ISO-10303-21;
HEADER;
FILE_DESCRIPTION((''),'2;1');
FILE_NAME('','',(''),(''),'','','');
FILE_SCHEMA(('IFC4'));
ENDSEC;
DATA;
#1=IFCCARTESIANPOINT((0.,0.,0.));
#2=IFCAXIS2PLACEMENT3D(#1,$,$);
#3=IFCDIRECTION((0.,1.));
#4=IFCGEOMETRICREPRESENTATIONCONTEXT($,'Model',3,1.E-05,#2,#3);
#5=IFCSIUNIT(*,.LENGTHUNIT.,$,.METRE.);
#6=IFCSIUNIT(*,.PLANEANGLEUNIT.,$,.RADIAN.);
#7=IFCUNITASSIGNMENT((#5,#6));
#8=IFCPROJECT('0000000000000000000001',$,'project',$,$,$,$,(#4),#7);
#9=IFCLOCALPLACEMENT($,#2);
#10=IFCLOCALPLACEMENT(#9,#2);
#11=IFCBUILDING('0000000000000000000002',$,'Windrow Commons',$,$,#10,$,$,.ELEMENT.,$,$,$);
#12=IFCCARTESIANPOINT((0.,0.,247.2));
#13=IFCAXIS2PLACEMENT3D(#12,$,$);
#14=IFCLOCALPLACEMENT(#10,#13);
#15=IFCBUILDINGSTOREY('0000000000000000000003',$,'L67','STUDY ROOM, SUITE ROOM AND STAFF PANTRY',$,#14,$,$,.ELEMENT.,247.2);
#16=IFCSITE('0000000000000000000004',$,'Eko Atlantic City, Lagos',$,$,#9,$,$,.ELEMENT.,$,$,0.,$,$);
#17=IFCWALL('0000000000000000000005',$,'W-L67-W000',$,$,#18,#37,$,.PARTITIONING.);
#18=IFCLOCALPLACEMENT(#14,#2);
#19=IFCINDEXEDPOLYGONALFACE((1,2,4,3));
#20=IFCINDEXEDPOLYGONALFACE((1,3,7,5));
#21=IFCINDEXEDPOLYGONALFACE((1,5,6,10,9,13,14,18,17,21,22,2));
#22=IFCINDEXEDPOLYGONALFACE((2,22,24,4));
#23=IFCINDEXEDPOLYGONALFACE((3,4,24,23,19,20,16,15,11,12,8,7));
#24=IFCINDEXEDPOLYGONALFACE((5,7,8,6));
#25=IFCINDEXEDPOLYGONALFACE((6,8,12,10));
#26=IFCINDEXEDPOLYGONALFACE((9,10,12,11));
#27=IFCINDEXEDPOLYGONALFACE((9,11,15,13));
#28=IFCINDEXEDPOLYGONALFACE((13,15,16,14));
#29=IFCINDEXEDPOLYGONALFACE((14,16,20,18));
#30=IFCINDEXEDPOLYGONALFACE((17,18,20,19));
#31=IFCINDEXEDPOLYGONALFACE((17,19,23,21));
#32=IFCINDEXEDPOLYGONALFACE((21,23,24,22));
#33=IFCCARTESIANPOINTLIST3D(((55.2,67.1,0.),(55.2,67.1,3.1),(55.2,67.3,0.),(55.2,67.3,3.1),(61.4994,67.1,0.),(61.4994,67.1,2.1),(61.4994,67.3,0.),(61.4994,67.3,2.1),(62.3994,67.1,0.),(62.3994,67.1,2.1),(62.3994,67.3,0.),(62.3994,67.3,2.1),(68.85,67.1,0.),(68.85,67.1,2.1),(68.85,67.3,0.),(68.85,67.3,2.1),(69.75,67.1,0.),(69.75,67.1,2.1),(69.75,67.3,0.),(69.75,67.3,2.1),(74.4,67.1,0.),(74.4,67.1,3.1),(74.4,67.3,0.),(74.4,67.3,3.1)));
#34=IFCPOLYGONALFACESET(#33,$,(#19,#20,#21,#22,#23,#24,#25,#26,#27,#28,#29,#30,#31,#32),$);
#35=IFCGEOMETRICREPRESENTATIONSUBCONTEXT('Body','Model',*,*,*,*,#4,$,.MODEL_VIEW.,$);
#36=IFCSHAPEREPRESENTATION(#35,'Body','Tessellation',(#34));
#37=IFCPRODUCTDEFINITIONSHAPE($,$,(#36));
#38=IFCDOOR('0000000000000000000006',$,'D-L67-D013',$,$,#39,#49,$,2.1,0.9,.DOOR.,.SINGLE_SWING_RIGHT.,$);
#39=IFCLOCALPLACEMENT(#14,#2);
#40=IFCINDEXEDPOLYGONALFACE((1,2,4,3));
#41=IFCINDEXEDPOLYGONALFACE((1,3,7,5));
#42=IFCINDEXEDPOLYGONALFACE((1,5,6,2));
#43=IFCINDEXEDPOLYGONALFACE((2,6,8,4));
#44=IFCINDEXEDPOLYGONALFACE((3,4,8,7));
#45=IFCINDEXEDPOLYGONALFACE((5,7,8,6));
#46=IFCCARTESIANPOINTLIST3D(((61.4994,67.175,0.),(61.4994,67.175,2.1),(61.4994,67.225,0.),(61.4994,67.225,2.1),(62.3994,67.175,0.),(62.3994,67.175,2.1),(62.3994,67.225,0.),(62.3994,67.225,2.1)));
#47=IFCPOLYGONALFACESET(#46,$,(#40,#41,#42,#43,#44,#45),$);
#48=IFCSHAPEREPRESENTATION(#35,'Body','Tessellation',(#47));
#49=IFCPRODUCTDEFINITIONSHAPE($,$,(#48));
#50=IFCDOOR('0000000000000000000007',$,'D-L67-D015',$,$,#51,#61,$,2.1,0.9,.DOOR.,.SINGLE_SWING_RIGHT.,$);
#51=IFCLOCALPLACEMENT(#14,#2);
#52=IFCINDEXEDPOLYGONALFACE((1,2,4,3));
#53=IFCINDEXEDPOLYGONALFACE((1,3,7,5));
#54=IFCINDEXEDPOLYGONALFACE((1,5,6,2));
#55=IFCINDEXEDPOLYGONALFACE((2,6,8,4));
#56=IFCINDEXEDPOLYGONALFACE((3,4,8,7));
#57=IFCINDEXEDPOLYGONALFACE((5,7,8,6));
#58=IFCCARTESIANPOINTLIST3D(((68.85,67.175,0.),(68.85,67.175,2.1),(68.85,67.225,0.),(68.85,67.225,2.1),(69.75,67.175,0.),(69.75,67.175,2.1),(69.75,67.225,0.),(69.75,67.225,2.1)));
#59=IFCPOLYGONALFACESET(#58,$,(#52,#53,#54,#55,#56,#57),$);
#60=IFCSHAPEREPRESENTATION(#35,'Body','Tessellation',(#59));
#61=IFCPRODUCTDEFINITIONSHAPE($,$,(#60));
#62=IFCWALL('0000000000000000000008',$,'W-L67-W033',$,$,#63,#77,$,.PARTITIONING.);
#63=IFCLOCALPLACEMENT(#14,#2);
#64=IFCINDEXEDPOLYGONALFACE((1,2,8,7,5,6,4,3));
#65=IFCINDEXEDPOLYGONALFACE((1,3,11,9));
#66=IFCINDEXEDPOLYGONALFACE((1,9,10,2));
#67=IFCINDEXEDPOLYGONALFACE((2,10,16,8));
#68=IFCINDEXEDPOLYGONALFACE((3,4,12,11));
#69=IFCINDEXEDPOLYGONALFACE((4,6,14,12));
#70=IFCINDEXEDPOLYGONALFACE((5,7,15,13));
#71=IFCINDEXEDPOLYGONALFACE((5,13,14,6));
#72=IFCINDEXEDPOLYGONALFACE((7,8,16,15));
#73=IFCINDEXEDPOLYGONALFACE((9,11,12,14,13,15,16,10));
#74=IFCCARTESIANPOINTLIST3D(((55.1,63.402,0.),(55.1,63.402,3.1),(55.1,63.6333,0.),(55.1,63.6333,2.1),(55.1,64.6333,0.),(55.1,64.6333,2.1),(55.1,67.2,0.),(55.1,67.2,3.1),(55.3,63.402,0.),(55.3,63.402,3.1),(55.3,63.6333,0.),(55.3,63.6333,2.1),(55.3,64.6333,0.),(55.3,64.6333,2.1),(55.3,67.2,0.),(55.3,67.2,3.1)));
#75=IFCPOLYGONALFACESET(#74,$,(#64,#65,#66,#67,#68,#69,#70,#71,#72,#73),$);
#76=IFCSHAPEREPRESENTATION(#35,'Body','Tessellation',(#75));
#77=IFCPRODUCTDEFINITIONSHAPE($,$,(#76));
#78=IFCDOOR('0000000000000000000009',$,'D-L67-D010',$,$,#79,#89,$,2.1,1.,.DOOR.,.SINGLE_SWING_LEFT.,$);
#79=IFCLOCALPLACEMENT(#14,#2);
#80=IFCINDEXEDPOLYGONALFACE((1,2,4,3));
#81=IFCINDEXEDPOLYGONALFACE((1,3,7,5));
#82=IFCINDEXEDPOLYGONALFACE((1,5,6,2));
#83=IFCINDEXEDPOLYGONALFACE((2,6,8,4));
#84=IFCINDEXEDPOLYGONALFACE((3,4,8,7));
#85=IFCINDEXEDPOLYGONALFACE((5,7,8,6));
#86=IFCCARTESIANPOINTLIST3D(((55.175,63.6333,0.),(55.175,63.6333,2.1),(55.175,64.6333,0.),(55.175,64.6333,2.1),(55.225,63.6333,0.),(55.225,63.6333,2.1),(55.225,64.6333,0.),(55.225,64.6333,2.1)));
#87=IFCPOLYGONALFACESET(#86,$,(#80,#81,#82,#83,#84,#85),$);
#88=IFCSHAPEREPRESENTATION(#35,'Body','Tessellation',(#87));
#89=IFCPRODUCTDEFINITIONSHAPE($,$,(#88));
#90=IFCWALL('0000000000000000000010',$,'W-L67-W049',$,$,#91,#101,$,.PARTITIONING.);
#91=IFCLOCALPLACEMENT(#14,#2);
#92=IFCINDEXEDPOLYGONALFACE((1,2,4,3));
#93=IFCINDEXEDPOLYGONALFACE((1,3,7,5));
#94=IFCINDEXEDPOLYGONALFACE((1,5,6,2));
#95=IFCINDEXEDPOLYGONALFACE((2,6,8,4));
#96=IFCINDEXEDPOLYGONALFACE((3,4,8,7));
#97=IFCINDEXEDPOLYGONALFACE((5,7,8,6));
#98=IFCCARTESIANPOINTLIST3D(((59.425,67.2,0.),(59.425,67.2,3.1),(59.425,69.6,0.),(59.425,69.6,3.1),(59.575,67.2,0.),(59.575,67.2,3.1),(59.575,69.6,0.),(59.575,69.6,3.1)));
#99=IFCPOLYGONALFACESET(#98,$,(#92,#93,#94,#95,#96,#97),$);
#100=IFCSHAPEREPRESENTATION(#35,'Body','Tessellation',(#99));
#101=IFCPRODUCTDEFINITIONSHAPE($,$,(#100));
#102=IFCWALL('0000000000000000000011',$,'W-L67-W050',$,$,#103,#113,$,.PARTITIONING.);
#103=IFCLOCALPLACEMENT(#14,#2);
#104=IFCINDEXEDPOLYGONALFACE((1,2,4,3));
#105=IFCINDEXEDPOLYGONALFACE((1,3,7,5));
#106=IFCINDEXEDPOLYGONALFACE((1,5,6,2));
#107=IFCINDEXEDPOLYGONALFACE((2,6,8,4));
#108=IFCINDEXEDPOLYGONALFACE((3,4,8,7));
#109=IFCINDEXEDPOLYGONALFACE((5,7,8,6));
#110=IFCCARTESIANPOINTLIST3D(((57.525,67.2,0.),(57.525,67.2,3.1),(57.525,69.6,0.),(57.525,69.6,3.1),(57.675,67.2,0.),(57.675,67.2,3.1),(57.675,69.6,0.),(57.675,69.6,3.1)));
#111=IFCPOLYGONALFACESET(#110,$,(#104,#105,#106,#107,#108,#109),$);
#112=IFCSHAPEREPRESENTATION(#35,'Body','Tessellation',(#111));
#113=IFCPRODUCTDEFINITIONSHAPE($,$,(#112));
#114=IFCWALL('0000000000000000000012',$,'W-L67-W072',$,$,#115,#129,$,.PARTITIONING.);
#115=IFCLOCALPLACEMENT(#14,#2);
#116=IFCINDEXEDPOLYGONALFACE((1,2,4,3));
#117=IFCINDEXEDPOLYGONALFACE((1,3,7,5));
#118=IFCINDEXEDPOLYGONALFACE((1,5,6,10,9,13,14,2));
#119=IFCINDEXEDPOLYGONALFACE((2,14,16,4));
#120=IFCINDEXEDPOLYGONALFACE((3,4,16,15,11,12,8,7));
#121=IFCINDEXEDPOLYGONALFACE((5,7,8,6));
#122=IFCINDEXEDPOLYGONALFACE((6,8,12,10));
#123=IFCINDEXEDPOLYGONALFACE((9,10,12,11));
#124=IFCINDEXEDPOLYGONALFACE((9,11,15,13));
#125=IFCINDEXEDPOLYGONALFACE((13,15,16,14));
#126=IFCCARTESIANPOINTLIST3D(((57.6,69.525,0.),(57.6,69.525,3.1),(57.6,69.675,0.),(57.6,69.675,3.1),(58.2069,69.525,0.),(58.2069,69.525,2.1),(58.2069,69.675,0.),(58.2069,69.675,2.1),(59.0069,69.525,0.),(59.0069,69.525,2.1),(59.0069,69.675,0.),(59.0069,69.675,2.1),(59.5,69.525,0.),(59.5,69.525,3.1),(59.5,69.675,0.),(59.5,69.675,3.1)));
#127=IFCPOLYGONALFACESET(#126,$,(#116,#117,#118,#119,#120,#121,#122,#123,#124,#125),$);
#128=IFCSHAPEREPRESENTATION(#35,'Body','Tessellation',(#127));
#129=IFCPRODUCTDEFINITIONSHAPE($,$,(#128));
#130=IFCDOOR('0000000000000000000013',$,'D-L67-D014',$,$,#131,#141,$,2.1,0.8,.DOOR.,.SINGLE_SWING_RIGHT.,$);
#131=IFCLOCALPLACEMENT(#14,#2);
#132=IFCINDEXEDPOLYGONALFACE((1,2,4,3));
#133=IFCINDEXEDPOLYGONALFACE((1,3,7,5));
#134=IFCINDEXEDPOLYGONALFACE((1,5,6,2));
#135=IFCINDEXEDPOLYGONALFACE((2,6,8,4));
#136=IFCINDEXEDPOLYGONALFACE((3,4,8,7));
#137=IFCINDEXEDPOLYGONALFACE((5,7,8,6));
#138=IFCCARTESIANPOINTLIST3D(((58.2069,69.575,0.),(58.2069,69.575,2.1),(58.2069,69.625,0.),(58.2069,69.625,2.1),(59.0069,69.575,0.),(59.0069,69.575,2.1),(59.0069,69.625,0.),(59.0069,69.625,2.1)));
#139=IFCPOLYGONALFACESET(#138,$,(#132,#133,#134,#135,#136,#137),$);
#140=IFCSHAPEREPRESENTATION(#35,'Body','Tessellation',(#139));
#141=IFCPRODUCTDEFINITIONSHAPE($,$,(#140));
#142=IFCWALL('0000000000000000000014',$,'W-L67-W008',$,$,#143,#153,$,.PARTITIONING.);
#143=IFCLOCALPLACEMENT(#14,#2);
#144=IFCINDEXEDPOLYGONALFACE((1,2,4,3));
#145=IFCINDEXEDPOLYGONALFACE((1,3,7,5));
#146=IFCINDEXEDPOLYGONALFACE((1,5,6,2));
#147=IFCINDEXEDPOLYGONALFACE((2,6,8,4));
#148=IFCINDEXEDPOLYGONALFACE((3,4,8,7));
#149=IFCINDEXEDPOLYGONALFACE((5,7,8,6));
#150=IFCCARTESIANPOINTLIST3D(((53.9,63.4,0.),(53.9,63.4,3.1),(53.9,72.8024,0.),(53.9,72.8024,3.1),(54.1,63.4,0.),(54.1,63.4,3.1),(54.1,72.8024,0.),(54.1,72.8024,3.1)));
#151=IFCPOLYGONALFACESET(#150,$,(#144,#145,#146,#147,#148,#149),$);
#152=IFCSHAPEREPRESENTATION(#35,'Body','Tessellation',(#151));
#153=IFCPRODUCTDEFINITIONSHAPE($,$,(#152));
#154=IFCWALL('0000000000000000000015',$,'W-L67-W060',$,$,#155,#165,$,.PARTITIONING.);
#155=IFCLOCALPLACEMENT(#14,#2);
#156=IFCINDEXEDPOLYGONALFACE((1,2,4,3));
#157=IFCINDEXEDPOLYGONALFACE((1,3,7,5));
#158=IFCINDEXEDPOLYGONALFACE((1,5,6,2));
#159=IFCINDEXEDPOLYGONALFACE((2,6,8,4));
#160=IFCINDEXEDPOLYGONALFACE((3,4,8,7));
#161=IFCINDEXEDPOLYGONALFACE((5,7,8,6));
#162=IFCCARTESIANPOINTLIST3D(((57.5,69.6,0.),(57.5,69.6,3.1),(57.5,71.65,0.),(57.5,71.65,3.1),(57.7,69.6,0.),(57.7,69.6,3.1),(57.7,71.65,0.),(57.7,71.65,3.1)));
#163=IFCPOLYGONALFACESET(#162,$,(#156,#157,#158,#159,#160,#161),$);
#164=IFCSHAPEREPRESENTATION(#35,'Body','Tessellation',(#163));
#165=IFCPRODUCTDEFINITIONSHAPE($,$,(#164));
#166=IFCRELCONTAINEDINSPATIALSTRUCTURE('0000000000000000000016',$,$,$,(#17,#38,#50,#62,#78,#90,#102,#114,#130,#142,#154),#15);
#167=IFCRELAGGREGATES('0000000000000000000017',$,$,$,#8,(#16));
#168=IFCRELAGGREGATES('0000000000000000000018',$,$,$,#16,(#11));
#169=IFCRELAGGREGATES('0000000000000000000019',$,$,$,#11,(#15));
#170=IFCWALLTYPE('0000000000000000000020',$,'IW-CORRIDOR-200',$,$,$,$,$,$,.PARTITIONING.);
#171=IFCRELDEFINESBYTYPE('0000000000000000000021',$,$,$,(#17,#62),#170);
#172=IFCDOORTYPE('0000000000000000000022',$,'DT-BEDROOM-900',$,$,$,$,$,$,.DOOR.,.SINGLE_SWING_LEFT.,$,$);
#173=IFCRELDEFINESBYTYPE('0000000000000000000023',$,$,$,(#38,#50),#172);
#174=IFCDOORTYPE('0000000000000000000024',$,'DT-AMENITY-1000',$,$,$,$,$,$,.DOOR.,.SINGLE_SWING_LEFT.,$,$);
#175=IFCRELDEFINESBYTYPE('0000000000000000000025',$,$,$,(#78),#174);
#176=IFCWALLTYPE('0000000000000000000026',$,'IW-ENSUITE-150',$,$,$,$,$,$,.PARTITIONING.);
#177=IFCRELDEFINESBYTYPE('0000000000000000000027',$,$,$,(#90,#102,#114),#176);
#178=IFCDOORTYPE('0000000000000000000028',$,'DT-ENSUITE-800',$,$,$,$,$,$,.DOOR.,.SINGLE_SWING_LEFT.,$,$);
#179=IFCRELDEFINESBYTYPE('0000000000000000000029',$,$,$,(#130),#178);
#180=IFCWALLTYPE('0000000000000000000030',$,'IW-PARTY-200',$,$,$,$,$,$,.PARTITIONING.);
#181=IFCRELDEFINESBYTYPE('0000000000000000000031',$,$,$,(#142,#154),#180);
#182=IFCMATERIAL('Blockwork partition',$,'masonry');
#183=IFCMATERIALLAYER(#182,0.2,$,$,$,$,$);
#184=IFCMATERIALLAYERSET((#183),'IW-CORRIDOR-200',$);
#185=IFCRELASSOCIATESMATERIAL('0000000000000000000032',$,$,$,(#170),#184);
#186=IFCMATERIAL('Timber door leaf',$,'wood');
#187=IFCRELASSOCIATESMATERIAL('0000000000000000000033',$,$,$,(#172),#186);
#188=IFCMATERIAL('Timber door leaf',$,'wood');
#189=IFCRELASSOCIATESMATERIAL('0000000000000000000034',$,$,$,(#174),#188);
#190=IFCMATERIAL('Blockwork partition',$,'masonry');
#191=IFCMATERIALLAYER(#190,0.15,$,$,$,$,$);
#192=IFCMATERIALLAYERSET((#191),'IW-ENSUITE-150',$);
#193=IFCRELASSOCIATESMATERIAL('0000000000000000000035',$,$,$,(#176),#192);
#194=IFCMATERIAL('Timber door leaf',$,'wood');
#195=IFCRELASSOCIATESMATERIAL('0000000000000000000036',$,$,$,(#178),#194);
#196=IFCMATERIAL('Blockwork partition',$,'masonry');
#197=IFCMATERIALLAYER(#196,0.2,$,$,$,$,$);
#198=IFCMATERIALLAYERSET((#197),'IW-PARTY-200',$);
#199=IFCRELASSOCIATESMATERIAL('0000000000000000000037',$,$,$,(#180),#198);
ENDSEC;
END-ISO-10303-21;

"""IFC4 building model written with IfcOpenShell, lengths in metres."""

from ifc_helpers import new_model, si_unit, direction, frame, frame_2d, origin, place, context, subcontext, project, spatial, rectangle, extrude, material, layer, layer_set, type_object, element, fill, save


model = new_model("IFC4")

# Units and contexts
model_context = context("Model", 3, precision=1e-05, world=origin(), true_north=direction((0.0, 1.0)))
body_context = subcontext(model_context, "Body", "Model", "MODEL_VIEW")
ifc_project = project(units=[si_unit("LENGTHUNIT", "METRE"), si_unit("PLANEANGLEUNIT", "RADIAN")], contexts=[model_context])

# Site, building, storey
site_placement = place(None, origin())
site = spatial("IfcSite", under=ifc_project, at=site_placement, Name="Eko Atlantic City, Lagos", CompositionType="ELEMENT", RefElevation=0.0)
building_placement = place(site_placement, origin())
building = spatial("IfcBuilding", under=site, at=building_placement, Name="Windrow Commons", CompositionType="ELEMENT")
storey_placement = place(building_placement, frame((0.0, 0.0, 247.2)))
storey = spatial("IfcBuildingStorey", under=building, at=storey_placement, Name="L67", Description="STUDY ROOM, SUITE ROOM AND STAFF PANTRY", CompositionType="ELEMENT", Elevation=247.2)

# Wall, openings, doors
ifc_material_1 = material(Name="Blockwork partition", Category="masonry")
ifc_layer_1 = layer(ifc_material_1, 0.2)
ifc_layer_set_1 = layer_set([ifc_layer_1], Name="IW-CORRIDOR-200")
wall_type_1 = type_object("IfcWallType", Name="IW-CORRIDOR-200", PredefinedType="PARTITIONING", material=ifc_layer_set_1)
wall_1_placement = place(storey_placement, frame((55.2, 67.2, 0.0), z_axis=(0.0, 0.0, 1.0), x_axis=(1.0, 0.0, 0.0)))
wall_1 = element("IfcWall", 1, at=wall_1_placement, inside=storey, type_object=wall_type_1, Name="W-L67-W000", PredefinedType="PARTITIONING", context=body_context, shape_type="SweptSolid", body=[
    extrude(rectangle(XDim=19.2, YDim=0.2, at=frame_2d((9.6, 0.0))), origin(), (0.0, 0.0, 1.0), 3.1),
])
opening_1_placement = place(wall_1_placement, frame((6.2994, 0.0, 0.0)))
opening_1 = element("IfcOpeningElement", 2, at=opening_1_placement, cuts=wall_1, PredefinedType="OPENING", context=body_context, shape_type="SweptSolid", body=[
    extrude(rectangle(XDim=0.9, YDim=2.1, at=frame_2d((0.45, 1.05))), frame((0.0, 0.11, 0.0), z_axis=(0.0, -1.0, 0.0), x_axis=(1.0, 0.0, 0.0)), (0.0, 0.0, 1.0), 0.22),
])
opening_2_placement = place(wall_1_placement, frame((13.65, 0.0, 0.0)))
opening_2 = element("IfcOpeningElement", 3, at=opening_2_placement, cuts=wall_1, PredefinedType="OPENING", context=body_context, shape_type="SweptSolid", body=[
    extrude(rectangle(XDim=0.9, YDim=2.1, at=frame_2d((0.45, 1.05))), frame((0.0, 0.11, 0.0), z_axis=(0.0, -1.0, 0.0), x_axis=(1.0, 0.0, 0.0)), (0.0, 0.0, 1.0), 0.22),
])
ifc_material_2 = material(Name="Timber door leaf", Category="wood")
door_type_1 = type_object("IfcDoorType", Name="DT-BEDROOM-900", OperationType="SINGLE_SWING_LEFT", PredefinedType="DOOR", material=ifc_material_2)
door_1_placement = place(opening_1_placement, origin())
door_1 = element("IfcDoor", 4, at=door_1_placement, inside=storey, type_object=door_type_1, Name="D-L67-D013", OperationType="SINGLE_SWING_RIGHT", OverallHeight=2.1, OverallWidth=0.9, PredefinedType="DOOR", context=body_context, shape_type="SweptSolid", body=[
    extrude(rectangle(XDim=0.9, YDim=2.1, at=frame_2d((0.45, 1.05))), frame((0.0, 0.025, 0.0), z_axis=(0.0, -1.0, 0.0), x_axis=(1.0, 0.0, 0.0)), (0.0, 0.0, 1.0), 0.05),
])
fill(opening_1, door_1)
door_2_placement = place(opening_2_placement, origin())
door_2 = element("IfcDoor", 5, at=door_2_placement, inside=storey, type_object=door_type_1, Name="D-L67-D015", OperationType="SINGLE_SWING_RIGHT", OverallHeight=2.1, OverallWidth=0.9, PredefinedType="DOOR", context=body_context, shape_type="SweptSolid", body=[
    extrude(rectangle(XDim=0.9, YDim=2.1, at=frame_2d((0.45, 1.05))), frame((0.0, 0.025, 0.0), z_axis=(0.0, -1.0, 0.0), x_axis=(1.0, 0.0, 0.0)), (0.0, 0.0, 1.0), 0.05),
])
fill(opening_2, door_2)

# Wall, opening, door
wall_2_placement = place(storey_placement, frame((55.2, 63.402, 0.0), z_axis=(0.0, 0.0, 1.0), x_axis=(0.0, 1.0, 0.0)))
wall_2 = element("IfcWall", 6, at=wall_2_placement, inside=storey, type_object=wall_type_1, Name="W-L67-W033", PredefinedType="PARTITIONING", context=body_context, shape_type="SweptSolid", body=[
    extrude(rectangle(XDim=3.798, YDim=0.2, at=frame_2d((1.899, 0.0))), origin(), (0.0, 0.0, 1.0), 3.1),
])
opening_3_placement = place(wall_2_placement, frame((0.2313, 0.0, 0.0)))
opening_3 = element("IfcOpeningElement", 7, at=opening_3_placement, cuts=wall_2, PredefinedType="OPENING", context=body_context, shape_type="SweptSolid", body=[
    extrude(rectangle(XDim=1.0, YDim=2.1, at=frame_2d((0.5, 1.05))), frame((0.0, 0.11, 0.0), z_axis=(0.0, -1.0, 0.0), x_axis=(1.0, 0.0, 0.0)), (0.0, 0.0, 1.0), 0.22),
])
ifc_material_3 = material(Name="Timber door leaf", Category="wood")
door_type_2 = type_object("IfcDoorType", Name="DT-AMENITY-1000", OperationType="SINGLE_SWING_LEFT", PredefinedType="DOOR", material=ifc_material_3)
door_3_placement = place(opening_3_placement, origin())
door_3 = element("IfcDoor", 8, at=door_3_placement, inside=storey, type_object=door_type_2, Name="D-L67-D010", OperationType="SINGLE_SWING_LEFT", OverallHeight=2.1, OverallWidth=1.0, PredefinedType="DOOR", context=body_context, shape_type="SweptSolid", body=[
    extrude(rectangle(XDim=1.0, YDim=2.1, at=frame_2d((0.5, 1.05))), frame((0.0, 0.025, 0.0), z_axis=(0.0, -1.0, 0.0), x_axis=(1.0, 0.0, 0.0)), (0.0, 0.0, 1.0), 0.05),
])
fill(opening_3, door_3)

# Walls
ifc_material_4 = material(Name="Blockwork partition", Category="masonry")
ifc_layer_2 = layer(ifc_material_4, 0.15)
ifc_layer_set_2 = layer_set([ifc_layer_2], Name="IW-ENSUITE-150")
wall_type_2 = type_object("IfcWallType", Name="IW-ENSUITE-150", PredefinedType="PARTITIONING", material=ifc_layer_set_2)
for number, where, z_axis, x_axis, name in (
    (9, (59.5, 67.2, 0.0), (0.0, 0.0, 1.0), (0.0, 1.0, 0.0), "W-L67-W049"),
    (10, (57.6, 67.2, 0.0), (0.0, 0.0, 1.0), (0.0, 1.0, 0.0), "W-L67-W050"),
):
    element("IfcWall", number, at=place(storey_placement, frame(where, z_axis=z_axis, x_axis=x_axis)), inside=storey, type_object=wall_type_2, Name=name, PredefinedType="PARTITIONING", context=body_context, shape_type="SweptSolid", body=[
        extrude(rectangle(XDim=2.4, YDim=0.15, at=frame_2d((1.2, 0.0))), origin(), (0.0, 0.0, 1.0), 3.1),
    ])

# Wall, opening, door
wall_3_placement = place(storey_placement, frame((57.6, 69.6, 0.0), z_axis=(0.0, 0.0, 1.0), x_axis=(1.0, 0.0, 0.0)))
wall_3 = element("IfcWall", 11, at=wall_3_placement, inside=storey, type_object=wall_type_2, Name="W-L67-W072", PredefinedType="PARTITIONING", context=body_context, shape_type="SweptSolid", body=[
    extrude(rectangle(XDim=1.9, YDim=0.15, at=frame_2d((0.95, 0.0))), origin(), (0.0, 0.0, 1.0), 3.1),
])
opening_4_placement = place(wall_3_placement, frame((0.6069, 0.0, 0.0)))
opening_4 = element("IfcOpeningElement", 12, at=opening_4_placement, cuts=wall_3, PredefinedType="OPENING", context=body_context, shape_type="SweptSolid", body=[
    extrude(rectangle(XDim=0.8, YDim=2.1, at=frame_2d((0.4, 1.05))), frame((0.0, 0.085, 0.0), z_axis=(0.0, -1.0, 0.0), x_axis=(1.0, 0.0, 0.0)), (0.0, 0.0, 1.0), 0.17),
])
ifc_material_5 = material(Name="Timber door leaf", Category="wood")
door_type_3 = type_object("IfcDoorType", Name="DT-ENSUITE-800", OperationType="SINGLE_SWING_LEFT", PredefinedType="DOOR", material=ifc_material_5)
door_4_placement = place(opening_4_placement, origin())
door_4 = element("IfcDoor", 13, at=door_4_placement, inside=storey, type_object=door_type_3, Name="D-L67-D014", OperationType="SINGLE_SWING_RIGHT", OverallHeight=2.1, OverallWidth=0.8, PredefinedType="DOOR", context=body_context, shape_type="SweptSolid", body=[
    extrude(rectangle(XDim=0.8, YDim=2.1, at=frame_2d((0.4, 1.05))), frame((0.0, 0.025, 0.0), z_axis=(0.0, -1.0, 0.0), x_axis=(1.0, 0.0, 0.0)), (0.0, 0.0, 1.0), 0.05),
])
fill(opening_4, door_4)

# Walls
ifc_material_6 = material(Name="Blockwork partition", Category="masonry")
ifc_layer_3 = layer(ifc_material_6, 0.2)
ifc_layer_set_3 = layer_set([ifc_layer_3], Name="IW-PARTY-200")
wall_type_3 = type_object("IfcWallType", Name="IW-PARTY-200", PredefinedType="PARTITIONING", material=ifc_layer_set_3)
wall_4_placement = place(storey_placement, frame((54.0, 63.4, 0.0), z_axis=(0.0, 0.0, 1.0), x_axis=(0.0, 1.0, 0.0)))
element("IfcWall", 14, at=wall_4_placement, inside=storey, type_object=wall_type_3, Name="W-L67-W008", PredefinedType="PARTITIONING", context=body_context, shape_type="SweptSolid", body=[
    extrude(rectangle(XDim=9.4023, YDim=0.2, at=frame_2d((4.7012, 0.0))), origin(), (0.0, 0.0, 1.0), 3.1),
])
wall_5_placement = place(storey_placement, frame((57.6, 69.6, 0.0), z_axis=(0.0, 0.0, 1.0), x_axis=(0.0, 1.0, 0.0)))
element("IfcWall", 15, at=wall_5_placement, inside=storey, type_object=wall_type_3, Name="W-L67-W060", PredefinedType="PARTITIONING", context=body_context, shape_type="SweptSolid", body=[
    extrude(rectangle(XDim=2.05, YDim=0.2, at=frame_2d((1.025, 0.0))), origin(), (0.0, 0.0, 1.0), 3.1),
])

save(model, "model.ifc")
